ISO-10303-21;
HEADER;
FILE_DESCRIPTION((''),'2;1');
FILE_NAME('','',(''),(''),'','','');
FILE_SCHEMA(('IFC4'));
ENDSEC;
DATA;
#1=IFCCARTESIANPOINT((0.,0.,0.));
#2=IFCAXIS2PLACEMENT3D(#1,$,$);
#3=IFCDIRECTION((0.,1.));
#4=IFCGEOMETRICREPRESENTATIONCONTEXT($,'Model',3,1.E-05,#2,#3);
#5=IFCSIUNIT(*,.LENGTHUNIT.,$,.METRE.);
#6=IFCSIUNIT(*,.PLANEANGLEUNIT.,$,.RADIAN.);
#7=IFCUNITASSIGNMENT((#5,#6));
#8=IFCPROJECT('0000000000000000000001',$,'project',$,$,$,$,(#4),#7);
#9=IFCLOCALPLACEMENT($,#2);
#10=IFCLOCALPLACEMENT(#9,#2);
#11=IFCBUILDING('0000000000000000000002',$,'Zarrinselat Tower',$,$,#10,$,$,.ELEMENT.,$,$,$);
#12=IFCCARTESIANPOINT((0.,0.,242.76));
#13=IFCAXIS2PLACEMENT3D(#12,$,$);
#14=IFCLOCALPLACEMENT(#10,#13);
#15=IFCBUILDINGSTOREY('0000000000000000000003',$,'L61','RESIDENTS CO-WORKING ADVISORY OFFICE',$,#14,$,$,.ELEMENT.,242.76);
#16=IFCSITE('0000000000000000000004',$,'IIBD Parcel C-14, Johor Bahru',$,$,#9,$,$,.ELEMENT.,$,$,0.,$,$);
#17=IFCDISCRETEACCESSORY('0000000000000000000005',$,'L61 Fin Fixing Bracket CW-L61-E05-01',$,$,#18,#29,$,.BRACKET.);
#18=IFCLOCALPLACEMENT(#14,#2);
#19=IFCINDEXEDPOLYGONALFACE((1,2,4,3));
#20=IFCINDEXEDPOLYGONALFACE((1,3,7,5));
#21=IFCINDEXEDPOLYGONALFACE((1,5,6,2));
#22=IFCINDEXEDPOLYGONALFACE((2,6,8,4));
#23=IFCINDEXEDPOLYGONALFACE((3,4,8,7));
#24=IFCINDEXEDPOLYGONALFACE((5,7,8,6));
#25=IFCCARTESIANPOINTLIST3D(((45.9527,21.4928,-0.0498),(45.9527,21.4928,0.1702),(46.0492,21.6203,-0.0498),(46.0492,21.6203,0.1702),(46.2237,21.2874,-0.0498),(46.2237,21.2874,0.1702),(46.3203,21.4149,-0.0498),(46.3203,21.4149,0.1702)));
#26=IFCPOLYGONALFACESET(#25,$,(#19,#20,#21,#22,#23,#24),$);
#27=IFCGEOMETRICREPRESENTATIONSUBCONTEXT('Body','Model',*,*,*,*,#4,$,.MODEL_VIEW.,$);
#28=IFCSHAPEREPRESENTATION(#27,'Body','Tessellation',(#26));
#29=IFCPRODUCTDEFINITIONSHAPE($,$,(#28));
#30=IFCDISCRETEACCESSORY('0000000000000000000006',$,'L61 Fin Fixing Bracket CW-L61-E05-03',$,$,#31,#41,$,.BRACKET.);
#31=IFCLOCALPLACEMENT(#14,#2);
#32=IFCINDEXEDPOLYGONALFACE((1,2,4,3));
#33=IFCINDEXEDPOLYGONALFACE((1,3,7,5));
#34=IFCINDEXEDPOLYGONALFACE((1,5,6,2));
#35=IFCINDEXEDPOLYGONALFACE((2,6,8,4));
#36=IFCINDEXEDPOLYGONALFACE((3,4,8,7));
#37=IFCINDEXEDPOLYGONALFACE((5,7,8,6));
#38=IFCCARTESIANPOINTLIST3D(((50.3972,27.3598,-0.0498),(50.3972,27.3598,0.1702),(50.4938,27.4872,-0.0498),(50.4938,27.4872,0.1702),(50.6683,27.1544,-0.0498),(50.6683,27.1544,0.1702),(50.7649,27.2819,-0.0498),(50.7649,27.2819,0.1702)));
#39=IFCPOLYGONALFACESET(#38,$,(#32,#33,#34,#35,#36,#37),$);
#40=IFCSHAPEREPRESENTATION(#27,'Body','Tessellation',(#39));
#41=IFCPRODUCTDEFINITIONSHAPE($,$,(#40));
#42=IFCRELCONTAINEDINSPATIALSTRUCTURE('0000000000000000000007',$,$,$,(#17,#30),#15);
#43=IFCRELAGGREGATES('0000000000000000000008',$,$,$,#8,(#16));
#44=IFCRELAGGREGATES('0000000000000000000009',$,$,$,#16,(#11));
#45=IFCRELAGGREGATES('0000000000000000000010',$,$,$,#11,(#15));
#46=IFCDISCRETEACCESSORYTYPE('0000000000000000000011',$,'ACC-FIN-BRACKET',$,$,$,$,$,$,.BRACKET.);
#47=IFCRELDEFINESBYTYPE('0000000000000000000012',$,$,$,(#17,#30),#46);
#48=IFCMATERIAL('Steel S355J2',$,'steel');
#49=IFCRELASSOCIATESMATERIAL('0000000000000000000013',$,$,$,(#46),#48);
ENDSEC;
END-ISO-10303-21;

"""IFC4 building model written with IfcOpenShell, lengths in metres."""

from ifc_helpers import new_model, si_unit, direction, frame, origin, origin_2d, place, context, subcontext, project, spatial, rectangle, extrude, material, type_object, element, save


model = new_model("IFC4")

# Units and contexts
model_context = context("Model", 3, precision=1e-05, world=origin(), true_north=direction((0.0, 1.0)))
body_context = subcontext(model_context, "Body", "Model", "MODEL_VIEW")
ifc_project = project(units=[si_unit("LENGTHUNIT", "METRE"), si_unit("PLANEANGLEUNIT", "RADIAN")], contexts=[model_context])

# Site, building, storey
site_placement = place(None, origin())
site = spatial("IfcSite", under=ifc_project, at=site_placement, Name="IIBD Parcel C-14, Johor Bahru", CompositionType="ELEMENT", RefElevation=0.0)
building_placement = place(site_placement, origin())
building = spatial("IfcBuilding", under=site, at=building_placement, Name="Zarrinselat Tower", CompositionType="ELEMENT")
storey_placement = place(building_placement, frame((0.0, 0.0, 242.76)))
storey = spatial("IfcBuildingStorey", under=building, at=storey_placement, Name="L61", Description="RESIDENTS CO-WORKING ADVISORY OFFICE", CompositionType="ELEMENT", Elevation=242.76)

# Discrete accessories
ifc_material_1 = material(Name="Steel S355J2", Category="steel")
discrete_accessory_type = type_object("IfcDiscreteAccessoryType", Name="ACC-FIN-BRACKET", PredefinedType="BRACKET", material=ifc_material_1)
for number, where, z_axis, x_axis, name in (
    (1, (46.1365, 21.4539, -0.0498), (0.0, 0.0, 1.0), (0.797092, -0.603858, 0.0), "L61 Fin Fixing Bracket CW-L61-E05-01"),
    (2, (50.5811, 27.3208, -0.0498), (0.0, 0.0, 1.0), (0.797092, -0.603858, 0.0), "L61 Fin Fixing Bracket CW-L61-E05-03"),
):
    element("IfcDiscreteAccessory", number, at=place(storey_placement, frame(where, z_axis=z_axis, x_axis=x_axis)), inside=storey, type_object=discrete_accessory_type, Name=name, PredefinedType="BRACKET", context=body_context, shape_type="SweptSolid", body=[
        extrude(rectangle(XDim=0.3401, YDim=0.1599, at=origin_2d()), origin(), (0.0, 0.0, 1.0), 0.22),
    ])

save(model, "model.ifc")
